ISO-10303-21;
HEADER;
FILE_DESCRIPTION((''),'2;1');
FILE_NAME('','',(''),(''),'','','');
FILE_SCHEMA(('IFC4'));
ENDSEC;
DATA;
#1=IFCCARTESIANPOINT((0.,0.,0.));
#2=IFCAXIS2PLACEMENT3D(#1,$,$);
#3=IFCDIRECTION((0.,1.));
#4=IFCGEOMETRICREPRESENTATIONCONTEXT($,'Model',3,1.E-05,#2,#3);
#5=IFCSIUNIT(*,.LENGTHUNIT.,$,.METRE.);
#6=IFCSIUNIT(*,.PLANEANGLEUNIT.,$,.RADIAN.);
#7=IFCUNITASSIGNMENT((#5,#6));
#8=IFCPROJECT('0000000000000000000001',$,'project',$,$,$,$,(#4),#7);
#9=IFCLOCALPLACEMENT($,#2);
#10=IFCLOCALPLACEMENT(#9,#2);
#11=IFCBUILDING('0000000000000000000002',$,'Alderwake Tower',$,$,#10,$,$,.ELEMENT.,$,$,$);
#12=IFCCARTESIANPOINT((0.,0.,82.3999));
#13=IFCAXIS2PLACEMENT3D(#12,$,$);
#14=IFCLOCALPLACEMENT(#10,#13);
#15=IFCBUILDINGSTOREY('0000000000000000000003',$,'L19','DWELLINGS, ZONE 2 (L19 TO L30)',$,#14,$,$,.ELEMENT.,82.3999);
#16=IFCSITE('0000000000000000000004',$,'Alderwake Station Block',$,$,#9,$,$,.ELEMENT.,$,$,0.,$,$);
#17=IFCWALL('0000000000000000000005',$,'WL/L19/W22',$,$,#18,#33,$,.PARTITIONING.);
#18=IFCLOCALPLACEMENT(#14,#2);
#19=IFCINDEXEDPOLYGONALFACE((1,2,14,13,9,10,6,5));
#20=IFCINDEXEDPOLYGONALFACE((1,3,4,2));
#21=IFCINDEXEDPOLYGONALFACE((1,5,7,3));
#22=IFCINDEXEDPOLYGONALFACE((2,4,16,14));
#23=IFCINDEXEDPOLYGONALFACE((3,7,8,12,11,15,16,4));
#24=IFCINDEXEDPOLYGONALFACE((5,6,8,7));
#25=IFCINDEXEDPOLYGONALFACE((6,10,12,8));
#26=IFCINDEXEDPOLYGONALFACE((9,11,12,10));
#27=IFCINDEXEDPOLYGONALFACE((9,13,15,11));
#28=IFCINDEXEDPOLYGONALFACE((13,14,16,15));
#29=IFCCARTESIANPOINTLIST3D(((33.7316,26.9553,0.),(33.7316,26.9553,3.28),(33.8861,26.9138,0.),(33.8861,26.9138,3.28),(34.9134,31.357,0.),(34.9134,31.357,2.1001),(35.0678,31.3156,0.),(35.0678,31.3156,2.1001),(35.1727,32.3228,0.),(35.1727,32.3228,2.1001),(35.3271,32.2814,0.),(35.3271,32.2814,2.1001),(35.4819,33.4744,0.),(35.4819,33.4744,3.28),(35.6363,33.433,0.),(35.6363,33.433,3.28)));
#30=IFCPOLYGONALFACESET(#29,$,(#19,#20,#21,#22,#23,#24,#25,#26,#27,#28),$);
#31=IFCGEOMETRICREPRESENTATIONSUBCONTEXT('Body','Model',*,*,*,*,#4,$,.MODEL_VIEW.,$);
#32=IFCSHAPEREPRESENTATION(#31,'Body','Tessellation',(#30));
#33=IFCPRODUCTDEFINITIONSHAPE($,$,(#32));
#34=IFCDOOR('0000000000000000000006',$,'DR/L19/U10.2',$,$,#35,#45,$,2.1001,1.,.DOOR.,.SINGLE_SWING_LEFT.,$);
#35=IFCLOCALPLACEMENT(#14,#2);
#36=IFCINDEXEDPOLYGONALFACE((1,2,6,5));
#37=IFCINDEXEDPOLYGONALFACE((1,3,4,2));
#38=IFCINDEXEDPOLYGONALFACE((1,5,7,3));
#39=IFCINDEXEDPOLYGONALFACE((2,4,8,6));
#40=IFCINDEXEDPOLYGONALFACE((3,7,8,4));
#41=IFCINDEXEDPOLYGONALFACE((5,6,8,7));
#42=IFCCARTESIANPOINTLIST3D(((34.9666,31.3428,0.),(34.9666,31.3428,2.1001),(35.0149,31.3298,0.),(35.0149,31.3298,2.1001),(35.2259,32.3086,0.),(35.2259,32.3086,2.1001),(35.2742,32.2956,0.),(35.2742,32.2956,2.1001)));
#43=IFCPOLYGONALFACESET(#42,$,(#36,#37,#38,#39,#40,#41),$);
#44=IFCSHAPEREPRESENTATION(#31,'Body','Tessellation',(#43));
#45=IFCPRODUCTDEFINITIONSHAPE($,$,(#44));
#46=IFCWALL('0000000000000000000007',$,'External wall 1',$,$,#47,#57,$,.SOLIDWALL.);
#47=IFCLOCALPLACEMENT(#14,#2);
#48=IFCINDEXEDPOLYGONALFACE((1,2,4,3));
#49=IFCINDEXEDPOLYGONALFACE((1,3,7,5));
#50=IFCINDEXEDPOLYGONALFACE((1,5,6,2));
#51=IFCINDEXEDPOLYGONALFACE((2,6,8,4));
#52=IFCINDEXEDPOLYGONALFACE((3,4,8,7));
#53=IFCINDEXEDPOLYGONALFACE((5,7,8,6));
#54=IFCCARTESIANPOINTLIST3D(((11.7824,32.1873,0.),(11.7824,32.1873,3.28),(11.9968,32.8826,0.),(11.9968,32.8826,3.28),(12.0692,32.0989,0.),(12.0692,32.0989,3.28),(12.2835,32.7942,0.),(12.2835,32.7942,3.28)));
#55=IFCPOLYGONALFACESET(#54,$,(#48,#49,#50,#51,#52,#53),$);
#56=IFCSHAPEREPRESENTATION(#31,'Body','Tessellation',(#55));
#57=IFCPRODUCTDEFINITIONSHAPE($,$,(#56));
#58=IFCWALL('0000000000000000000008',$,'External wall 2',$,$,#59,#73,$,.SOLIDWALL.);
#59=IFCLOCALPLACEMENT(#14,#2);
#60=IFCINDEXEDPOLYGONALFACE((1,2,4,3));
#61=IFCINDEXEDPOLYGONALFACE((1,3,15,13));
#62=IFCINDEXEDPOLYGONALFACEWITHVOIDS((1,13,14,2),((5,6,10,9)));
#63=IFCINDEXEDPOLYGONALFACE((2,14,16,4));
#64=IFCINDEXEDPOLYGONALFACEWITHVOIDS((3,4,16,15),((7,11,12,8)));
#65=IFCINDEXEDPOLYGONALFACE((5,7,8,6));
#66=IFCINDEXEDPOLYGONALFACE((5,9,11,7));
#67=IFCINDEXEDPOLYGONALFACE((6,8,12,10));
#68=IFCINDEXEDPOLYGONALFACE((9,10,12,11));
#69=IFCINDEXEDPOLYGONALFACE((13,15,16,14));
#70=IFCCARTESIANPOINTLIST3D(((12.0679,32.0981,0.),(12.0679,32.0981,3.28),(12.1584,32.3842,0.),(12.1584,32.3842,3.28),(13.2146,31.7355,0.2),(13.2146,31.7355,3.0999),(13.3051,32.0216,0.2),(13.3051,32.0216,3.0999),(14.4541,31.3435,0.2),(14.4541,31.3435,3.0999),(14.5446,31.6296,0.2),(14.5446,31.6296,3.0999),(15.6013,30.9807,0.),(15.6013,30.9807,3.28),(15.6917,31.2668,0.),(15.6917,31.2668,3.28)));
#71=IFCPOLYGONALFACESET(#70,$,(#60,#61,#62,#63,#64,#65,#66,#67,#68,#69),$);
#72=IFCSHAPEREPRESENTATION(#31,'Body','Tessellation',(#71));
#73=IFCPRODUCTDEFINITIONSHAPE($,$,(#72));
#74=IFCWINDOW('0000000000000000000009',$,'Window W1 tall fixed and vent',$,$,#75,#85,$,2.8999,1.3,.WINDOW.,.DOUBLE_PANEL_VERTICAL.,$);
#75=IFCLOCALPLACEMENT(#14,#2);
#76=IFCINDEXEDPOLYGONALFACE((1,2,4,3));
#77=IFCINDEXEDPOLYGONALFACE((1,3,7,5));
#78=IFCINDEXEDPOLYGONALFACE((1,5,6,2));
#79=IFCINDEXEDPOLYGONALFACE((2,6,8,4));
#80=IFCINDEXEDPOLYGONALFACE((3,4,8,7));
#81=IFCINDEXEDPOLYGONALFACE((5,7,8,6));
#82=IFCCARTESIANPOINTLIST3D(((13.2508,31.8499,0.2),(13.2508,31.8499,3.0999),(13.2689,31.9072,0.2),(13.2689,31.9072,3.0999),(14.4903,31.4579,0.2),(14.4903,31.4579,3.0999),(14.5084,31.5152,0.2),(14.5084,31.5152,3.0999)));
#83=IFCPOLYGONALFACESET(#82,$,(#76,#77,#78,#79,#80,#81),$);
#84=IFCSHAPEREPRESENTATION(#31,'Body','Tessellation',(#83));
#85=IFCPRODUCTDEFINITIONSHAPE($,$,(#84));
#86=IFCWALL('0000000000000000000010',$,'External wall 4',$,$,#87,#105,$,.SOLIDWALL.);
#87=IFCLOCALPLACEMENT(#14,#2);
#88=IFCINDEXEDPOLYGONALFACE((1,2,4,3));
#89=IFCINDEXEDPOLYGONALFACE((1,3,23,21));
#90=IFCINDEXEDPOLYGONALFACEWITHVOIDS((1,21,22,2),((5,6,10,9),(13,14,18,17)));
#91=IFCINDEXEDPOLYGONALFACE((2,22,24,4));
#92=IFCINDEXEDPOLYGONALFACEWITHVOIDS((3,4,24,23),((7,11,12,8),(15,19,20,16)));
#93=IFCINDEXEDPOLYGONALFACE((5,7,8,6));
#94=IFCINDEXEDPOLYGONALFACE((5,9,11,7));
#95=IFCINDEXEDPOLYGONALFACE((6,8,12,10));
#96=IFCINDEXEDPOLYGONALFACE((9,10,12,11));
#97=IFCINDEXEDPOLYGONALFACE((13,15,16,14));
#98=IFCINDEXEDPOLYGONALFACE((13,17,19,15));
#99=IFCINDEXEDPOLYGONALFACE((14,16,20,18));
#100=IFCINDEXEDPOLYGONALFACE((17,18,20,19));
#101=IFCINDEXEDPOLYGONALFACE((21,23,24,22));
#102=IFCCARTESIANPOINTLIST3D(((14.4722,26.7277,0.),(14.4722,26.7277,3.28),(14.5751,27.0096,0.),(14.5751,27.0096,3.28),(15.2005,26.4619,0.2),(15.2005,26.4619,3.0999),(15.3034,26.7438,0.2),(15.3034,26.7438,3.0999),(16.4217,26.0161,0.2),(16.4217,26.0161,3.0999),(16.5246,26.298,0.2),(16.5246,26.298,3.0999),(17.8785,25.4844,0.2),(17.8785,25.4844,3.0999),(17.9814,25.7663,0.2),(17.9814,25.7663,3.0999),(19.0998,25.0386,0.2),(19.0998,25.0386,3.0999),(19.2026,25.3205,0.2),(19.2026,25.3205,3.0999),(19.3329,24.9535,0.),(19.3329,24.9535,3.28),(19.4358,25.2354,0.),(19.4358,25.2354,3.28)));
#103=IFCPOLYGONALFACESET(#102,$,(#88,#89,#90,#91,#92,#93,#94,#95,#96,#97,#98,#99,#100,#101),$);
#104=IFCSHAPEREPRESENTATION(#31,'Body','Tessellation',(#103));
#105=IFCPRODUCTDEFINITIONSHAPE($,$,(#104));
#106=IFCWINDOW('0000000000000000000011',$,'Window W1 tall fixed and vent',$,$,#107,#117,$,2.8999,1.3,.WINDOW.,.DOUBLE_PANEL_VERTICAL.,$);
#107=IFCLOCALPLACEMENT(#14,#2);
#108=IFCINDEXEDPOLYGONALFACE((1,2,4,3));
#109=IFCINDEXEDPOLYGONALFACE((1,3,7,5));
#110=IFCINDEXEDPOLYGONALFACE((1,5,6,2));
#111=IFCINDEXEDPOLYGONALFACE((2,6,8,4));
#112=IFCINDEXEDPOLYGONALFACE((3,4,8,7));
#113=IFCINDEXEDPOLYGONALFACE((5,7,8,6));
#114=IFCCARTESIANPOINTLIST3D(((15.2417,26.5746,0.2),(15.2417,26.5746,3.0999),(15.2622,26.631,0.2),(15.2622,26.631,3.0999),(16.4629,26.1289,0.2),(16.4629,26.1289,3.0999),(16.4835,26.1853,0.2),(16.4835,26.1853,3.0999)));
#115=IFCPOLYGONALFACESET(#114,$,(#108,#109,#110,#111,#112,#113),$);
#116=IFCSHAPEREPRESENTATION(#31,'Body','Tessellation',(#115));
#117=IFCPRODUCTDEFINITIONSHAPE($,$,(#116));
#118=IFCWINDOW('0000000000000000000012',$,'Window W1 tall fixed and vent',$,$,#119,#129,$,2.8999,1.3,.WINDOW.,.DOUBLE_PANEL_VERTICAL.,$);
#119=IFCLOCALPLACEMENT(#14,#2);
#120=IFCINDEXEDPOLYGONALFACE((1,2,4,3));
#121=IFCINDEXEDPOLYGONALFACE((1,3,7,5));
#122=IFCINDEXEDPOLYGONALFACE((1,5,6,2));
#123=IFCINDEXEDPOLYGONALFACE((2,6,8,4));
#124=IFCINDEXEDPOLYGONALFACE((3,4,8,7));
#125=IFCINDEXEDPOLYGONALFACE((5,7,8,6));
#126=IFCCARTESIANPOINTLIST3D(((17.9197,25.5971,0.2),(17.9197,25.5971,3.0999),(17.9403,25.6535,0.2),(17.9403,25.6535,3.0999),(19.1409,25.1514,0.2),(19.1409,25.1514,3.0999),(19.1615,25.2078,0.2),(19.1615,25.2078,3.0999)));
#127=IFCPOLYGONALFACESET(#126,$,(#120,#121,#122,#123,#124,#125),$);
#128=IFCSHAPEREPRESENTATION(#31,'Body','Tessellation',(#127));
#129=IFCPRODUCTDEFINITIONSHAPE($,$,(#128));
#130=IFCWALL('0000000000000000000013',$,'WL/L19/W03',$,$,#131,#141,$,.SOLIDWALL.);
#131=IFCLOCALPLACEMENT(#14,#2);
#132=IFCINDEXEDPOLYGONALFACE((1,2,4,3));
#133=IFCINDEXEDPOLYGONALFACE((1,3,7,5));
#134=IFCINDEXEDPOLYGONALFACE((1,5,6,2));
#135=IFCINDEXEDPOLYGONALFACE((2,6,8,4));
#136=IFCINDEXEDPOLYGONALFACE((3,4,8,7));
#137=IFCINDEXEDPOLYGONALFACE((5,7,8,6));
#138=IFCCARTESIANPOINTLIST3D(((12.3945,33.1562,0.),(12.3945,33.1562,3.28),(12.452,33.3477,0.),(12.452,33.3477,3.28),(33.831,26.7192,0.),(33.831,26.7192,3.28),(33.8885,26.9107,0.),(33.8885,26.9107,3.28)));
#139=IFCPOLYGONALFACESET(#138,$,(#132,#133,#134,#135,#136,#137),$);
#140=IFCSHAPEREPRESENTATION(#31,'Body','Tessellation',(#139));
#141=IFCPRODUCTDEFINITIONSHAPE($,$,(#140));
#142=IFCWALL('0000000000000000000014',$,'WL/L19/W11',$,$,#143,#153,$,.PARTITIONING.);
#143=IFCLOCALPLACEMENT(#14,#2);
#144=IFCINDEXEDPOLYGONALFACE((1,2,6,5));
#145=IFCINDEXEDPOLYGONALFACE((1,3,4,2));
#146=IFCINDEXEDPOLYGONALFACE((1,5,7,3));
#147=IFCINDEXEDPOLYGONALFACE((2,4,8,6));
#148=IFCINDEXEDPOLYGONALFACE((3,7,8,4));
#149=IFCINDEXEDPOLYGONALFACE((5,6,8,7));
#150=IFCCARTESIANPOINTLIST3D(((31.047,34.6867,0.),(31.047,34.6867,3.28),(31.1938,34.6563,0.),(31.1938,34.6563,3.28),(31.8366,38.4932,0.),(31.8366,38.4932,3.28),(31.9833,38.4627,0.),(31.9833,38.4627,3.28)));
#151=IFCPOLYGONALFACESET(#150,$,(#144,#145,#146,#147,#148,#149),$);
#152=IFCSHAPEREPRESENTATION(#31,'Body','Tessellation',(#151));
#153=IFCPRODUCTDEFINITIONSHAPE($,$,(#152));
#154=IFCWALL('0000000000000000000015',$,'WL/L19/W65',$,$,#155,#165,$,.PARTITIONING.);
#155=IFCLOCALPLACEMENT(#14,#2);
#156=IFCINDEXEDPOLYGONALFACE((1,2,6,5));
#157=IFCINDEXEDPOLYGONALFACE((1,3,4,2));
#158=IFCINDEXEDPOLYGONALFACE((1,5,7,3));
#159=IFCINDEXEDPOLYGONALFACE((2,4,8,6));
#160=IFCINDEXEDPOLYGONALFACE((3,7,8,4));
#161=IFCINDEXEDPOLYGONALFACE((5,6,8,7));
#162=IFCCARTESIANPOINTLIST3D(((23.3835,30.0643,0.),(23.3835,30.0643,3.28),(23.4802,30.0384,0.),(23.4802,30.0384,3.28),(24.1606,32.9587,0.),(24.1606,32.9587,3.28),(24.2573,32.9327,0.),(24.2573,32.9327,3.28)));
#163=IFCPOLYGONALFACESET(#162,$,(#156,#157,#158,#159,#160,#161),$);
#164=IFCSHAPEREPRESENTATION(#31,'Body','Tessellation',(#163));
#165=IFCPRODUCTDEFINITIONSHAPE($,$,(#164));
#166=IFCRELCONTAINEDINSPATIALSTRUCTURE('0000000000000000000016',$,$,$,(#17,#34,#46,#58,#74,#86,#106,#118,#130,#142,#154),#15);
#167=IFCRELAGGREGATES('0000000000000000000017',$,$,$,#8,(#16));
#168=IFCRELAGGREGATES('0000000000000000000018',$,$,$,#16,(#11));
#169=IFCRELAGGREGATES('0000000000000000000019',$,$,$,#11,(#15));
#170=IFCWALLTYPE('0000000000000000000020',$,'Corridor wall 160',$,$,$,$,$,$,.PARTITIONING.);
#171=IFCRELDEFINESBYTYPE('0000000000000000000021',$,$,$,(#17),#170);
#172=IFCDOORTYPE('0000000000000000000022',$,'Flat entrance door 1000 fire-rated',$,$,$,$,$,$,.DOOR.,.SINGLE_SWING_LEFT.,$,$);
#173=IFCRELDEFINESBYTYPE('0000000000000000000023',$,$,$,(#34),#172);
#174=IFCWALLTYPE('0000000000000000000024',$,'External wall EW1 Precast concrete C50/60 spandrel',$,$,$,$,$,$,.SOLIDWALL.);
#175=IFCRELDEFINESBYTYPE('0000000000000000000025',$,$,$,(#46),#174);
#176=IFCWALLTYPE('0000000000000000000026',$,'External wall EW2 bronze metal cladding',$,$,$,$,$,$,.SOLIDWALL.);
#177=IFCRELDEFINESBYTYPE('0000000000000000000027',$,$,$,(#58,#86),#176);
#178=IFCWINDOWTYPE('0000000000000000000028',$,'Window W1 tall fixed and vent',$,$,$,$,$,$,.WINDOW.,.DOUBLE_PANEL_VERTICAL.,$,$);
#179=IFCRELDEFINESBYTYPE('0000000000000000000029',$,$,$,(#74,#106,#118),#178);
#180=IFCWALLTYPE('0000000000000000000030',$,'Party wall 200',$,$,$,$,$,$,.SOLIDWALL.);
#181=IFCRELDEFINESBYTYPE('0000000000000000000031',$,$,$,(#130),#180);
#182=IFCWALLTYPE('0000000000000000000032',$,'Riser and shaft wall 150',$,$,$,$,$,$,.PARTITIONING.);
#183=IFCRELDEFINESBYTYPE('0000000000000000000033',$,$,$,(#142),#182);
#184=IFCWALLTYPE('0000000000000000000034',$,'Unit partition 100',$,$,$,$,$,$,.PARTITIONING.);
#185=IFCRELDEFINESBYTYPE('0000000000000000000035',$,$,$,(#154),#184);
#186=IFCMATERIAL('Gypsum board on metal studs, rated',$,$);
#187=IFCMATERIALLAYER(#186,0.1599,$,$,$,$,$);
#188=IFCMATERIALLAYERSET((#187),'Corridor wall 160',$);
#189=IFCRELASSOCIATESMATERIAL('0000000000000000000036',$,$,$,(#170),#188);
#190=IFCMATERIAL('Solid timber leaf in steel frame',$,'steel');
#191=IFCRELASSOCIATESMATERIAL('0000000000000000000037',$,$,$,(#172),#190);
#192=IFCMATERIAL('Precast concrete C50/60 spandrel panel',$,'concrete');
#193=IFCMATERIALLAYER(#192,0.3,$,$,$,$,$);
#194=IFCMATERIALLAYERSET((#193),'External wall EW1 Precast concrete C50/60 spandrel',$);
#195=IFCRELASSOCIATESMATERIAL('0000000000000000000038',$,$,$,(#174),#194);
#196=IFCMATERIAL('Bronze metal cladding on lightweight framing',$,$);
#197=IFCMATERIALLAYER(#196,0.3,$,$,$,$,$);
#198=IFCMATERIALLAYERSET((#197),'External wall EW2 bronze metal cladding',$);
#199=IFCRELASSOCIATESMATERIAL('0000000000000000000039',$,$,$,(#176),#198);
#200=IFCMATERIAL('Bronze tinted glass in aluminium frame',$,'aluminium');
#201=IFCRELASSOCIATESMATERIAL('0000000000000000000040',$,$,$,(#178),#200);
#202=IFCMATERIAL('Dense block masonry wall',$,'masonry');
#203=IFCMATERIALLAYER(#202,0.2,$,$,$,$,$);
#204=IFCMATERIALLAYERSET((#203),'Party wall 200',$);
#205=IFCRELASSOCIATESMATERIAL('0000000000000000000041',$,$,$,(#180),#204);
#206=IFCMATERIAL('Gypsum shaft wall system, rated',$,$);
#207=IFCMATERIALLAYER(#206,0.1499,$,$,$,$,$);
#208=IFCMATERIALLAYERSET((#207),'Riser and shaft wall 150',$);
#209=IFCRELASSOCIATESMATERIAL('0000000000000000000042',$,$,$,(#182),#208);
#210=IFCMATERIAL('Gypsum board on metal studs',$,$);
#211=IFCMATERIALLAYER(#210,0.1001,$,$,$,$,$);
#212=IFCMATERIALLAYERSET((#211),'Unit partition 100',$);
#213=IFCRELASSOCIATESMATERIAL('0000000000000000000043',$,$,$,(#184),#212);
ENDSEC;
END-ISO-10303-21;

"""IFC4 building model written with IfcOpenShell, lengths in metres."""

from ifc_helpers import new_model, si_unit, direction, frame, frame_2d, origin, place, context, subcontext, project, spatial, rectangle, extrude, material, layer, layer_set, type_object, element, fill, save


model = new_model("IFC4")

# Units and contexts
model_context = context("Model", 3, precision=1e-05, world=origin(), true_north=direction((0.0, 1.0)))
body_context = subcontext(model_context, "Body", "Model", "MODEL_VIEW")
ifc_project = project(units=[si_unit("LENGTHUNIT", "METRE"), si_unit("PLANEANGLEUNIT", "RADIAN")], contexts=[model_context])

# Site, building, storey
site_placement = place(None, origin())
site = spatial("IfcSite", under=ifc_project, at=site_placement, Name="Alderwake Station Block", CompositionType="ELEMENT", RefElevation=0.0)
building_placement = place(site_placement, origin())
building = spatial("IfcBuilding", under=site, at=building_placement, Name="Alderwake Tower", CompositionType="ELEMENT")
storey_placement = place(building_placement, frame((0.0, 0.0, 82.3999)))
storey = spatial("IfcBuildingStorey", under=building, at=storey_placement, Name="L19", Description="DWELLINGS, ZONE 2 (L19 TO L30)", CompositionType="ELEMENT", Elevation=82.3999)

# Wall, opening, door
ifc_material_1 = material(Name="Gypsum board on metal studs, rated")
ifc_layer_1 = layer(ifc_material_1, 0.1599)
ifc_layer_set_1 = layer_set([ifc_layer_1], Name="Corridor wall 160")
wall_type_1 = type_object("IfcWallType", Name="Corridor wall 160", PredefinedType="PARTITIONING", material=ifc_layer_set_1)
wall_1_placement = place(storey_placement, frame((33.8088, 26.9346, 0.0), z_axis=(0.0, 0.0, 1.0), x_axis=(0.259299, 0.965797, 0.0)))
wall_1 = element("IfcWall", 1, at=wall_1_placement, inside=storey, type_object=wall_type_1, Name="WL/L19/W22", PredefinedType="PARTITIONING", context=body_context, shape_type="SweptSolid", body=[
    extrude(rectangle(XDim=6.75, YDim=0.1599, at=frame_2d((3.375, 0.0))), origin(), (0.0, 0.0, 1.0), 3.28),
])
opening_1_placement = place(wall_1_placement, frame((4.5576, 0.0, 0.0)))
opening_1 = element("IfcOpeningElement", 2, at=opening_1_placement, cuts=wall_1, PredefinedType="OPENING", context=body_context, shape_type="SweptSolid", body=[
    extrude(rectangle(XDim=1.0, YDim=2.1001, at=frame_2d((0.5, 1.05))), frame((0.0, 0.0898, 0.0), z_axis=(0.0, -1.0, 0.0), x_axis=(1.0, 0.0, 0.0)), (0.0, 0.0, 1.0), 0.1799),
])
ifc_material_2 = material(Name="Solid timber leaf in steel frame", Category="steel")
door_type_1 = type_object("IfcDoorType", Name="Flat entrance door 1000 fire-rated", OperationType="SINGLE_SWING_LEFT", PredefinedType="DOOR", material=ifc_material_2)
door_1_placement = place(opening_1_placement, origin())
door_1 = element("IfcDoor", 3, at=door_1_placement, inside=storey, type_object=door_type_1, Name="DR/L19/U10.2", OperationType="SINGLE_SWING_LEFT", OverallHeight=2.1001, OverallWidth=1.0, PredefinedType="DOOR", context=body_context, shape_type="SweptSolid", body=[
    extrude(rectangle(XDim=1.0, YDim=2.1001, at=frame_2d((0.5, 1.05))), frame((0.0, 0.0249, 0.0), z_axis=(0.0, -1.0, 0.0), x_axis=(1.0, 0.0, 0.0)), (0.0, 0.0, 1.0), 0.05),
])
fill(opening_1, door_1)

# Wall
ifc_material_3 = material(Name="Precast concrete C50/60 spandrel panel", Category="concrete")
ifc_layer_2 = layer(ifc_material_3, 0.3)
ifc_layer_set_2 = layer_set([ifc_layer_2], Name="External wall EW1 Precast concrete C50/60 spandrel")
wall_type_2 = type_object("IfcWallType", Name="External wall EW1 Precast concrete C50/60 spandrel", PredefinedType="SOLIDWALL", material=ifc_layer_set_2)
wall_2_placement = place(storey_placement, frame((12.1401, 32.8384, 0.0), z_axis=(0.0, 0.0, 1.0), x_axis=(-0.294605, -0.955619, 0.0)))
element("IfcWall", 4, at=wall_2_placement, inside=storey, type_object=wall_type_2, Name="External wall 1", PredefinedType="SOLIDWALL", context=body_context, shape_type="SweptSolid", body=[
    extrude(rectangle(XDim=0.7275, YDim=0.3, at=frame_2d((0.3638, 0.0))), origin(), (0.0, 0.0, 1.0), 3.28),
])

# Wall, opening, window
ifc_material_4 = material(Name="Bronze metal cladding on lightweight framing")
ifc_layer_3 = layer(ifc_material_4, 0.3)
ifc_layer_set_3 = layer_set([ifc_layer_3], Name="External wall EW2 bronze metal cladding")
wall_type_3 = type_object("IfcWallType", Name="External wall EW2 bronze metal cladding", PredefinedType="SOLIDWALL", material=ifc_layer_set_3)
wall_3_placement = place(storey_placement, frame((12.113, 32.2412, 0.0), z_axis=(0.0, 0.0, 1.0), x_axis=(0.953458, -0.301525, 0.0)))
wall_3 = element("IfcWall", 5, at=wall_3_placement, inside=storey, type_object=wall_type_3, Name="External wall 2", PredefinedType="SOLIDWALL", context=body_context, shape_type="SweptSolid", body=[
    extrude(rectangle(XDim=3.7058, YDim=0.3, at=frame_2d((1.853, 0.0))), origin(), (0.0, 0.0, 1.0), 3.28),
])
opening_2_placement = place(wall_3_placement, frame((1.2029, 0.0, 0.2)))
opening_2 = element("IfcOpeningElement", 6, at=opening_2_placement, cuts=wall_3, PredefinedType="OPENING", context=body_context, shape_type="SweptSolid", body=[
    extrude(rectangle(XDim=1.3, YDim=2.8999, at=frame_2d((0.6499, 1.45))), frame((0.0, 0.1599, 0.0), z_axis=(0.0, -1.0, 0.0), x_axis=(1.0, 0.0, 0.0)), (0.0, 0.0, 1.0), 0.3201),
])
ifc_material_5 = material(Name="Bronze tinted glass in aluminium frame", Category="aluminium")
window_type = type_object("IfcWindowType", Name="Window W1 tall fixed and vent", PartitioningType="DOUBLE_PANEL_VERTICAL", PredefinedType="WINDOW", material=ifc_material_5)
window_1_placement = place(opening_2_placement, origin())
window_1 = element("IfcWindow", 7, at=window_1_placement, inside=storey, type_object=window_type, Name="Window W1 tall fixed and vent", OverallHeight=2.8999, OverallWidth=1.3, PartitioningType="DOUBLE_PANEL_VERTICAL", PredefinedType="WINDOW", context=body_context, shape_type="SweptSolid", body=[
    extrude(rectangle(XDim=1.3, YDim=2.8999, at=frame_2d((0.6499, 1.45))), frame((0.0, 0.03, 0.0), z_axis=(0.0, -1.0, 0.0), x_axis=(1.0, 0.0, 0.0)), (0.0, 0.0, 1.0), 0.0601),
])
fill(opening_2, window_1)

# Wall, openings, windows
wall_4_placement = place(storey_placement, frame((14.5237, 26.8687, 0.0), z_axis=(0.0, 0.0, 1.0), x_axis=(0.939378, -0.342883, 0.0)))
wall_4 = element("IfcWall", 8, at=wall_4_placement, inside=storey, type_object=wall_type_3, Name="External wall 4", PredefinedType="SOLIDWALL", context=body_context, shape_type="SweptSolid", body=[
    extrude(rectangle(XDim=5.1743, YDim=0.3, at=frame_2d((2.5872, 0.0))), origin(), (0.0, 0.0, 1.0), 3.28),
])
opening_3_placement = place(wall_4_placement, frame((0.7754, 0.0, 0.2)))
opening_3 = element("IfcOpeningElement", 9, at=opening_3_placement, cuts=wall_4, PredefinedType="OPENING", context=body_context, shape_type="SweptSolid", body=[
    extrude(rectangle(XDim=1.3, YDim=2.8999, at=frame_2d((0.6499, 1.45))), frame((0.0, 0.1599, 0.0), z_axis=(0.0, -1.0, 0.0), x_axis=(1.0, 0.0, 0.0)), (0.0, 0.0, 1.0), 0.3201),
])
opening_4_placement = place(wall_4_placement, frame((3.6262, 0.0, 0.2)))
opening_4 = element("IfcOpeningElement", 10, at=opening_4_placement, cuts=wall_4, PredefinedType="OPENING", context=body_context, shape_type="SweptSolid", body=[
    extrude(rectangle(XDim=1.3, YDim=2.8999, at=frame_2d((0.6499, 1.45))), frame((0.0, 0.1599, 0.0), z_axis=(0.0, -1.0, 0.0), x_axis=(1.0, 0.0, 0.0)), (0.0, 0.0, 1.0), 0.3201),
])
window_2_placement = place(opening_3_placement, origin())
window_2 = element("IfcWindow", 11, at=window_2_placement, inside=storey, type_object=window_type, Name="Window W1 tall fixed and vent", OverallHeight=2.8999, OverallWidth=1.3, PartitioningType="DOUBLE_PANEL_VERTICAL", PredefinedType="WINDOW", context=body_context, shape_type="SweptSolid", body=[
    extrude(rectangle(XDim=1.3, YDim=2.8999, at=frame_2d((0.6499, 1.45))), frame((0.0, 0.03, 0.0), z_axis=(0.0, -1.0, 0.0), x_axis=(1.0, 0.0, 0.0)), (0.0, 0.0, 1.0), 0.0601),
])
fill(opening_3, window_2)
window_3_placement = place(opening_4_placement, origin())
window_3 = element("IfcWindow", 12, at=window_3_placement, inside=storey, type_object=window_type, Name="Window W1 tall fixed and vent", OverallHeight=2.8999, OverallWidth=1.3, PartitioningType="DOUBLE_PANEL_VERTICAL", PredefinedType="WINDOW", context=body_context, shape_type="SweptSolid", body=[
    extrude(rectangle(XDim=1.3, YDim=2.8999, at=frame_2d((0.6499, 1.45))), frame((0.0, 0.03, 0.0), z_axis=(0.0, -1.0, 0.0), x_axis=(1.0, 0.0, 0.0)), (0.0, 0.0, 1.0), 0.0601),
])
fill(opening_4, window_3)

# Walls
ifc_material_6 = material(Name="Dense block masonry wall", Category="masonry")
ifc_layer_4 = layer(ifc_material_6, 0.2)
ifc_layer_set_4 = layer_set([ifc_layer_4], Name="Party wall 200")
wall_type_4 = type_object("IfcWallType", Name="Party wall 200", PredefinedType="SOLIDWALL", material=ifc_layer_set_4)
wall_5_placement = place(storey_placement, frame((33.8596, 26.8149, 0.0), z_axis=(0.0, 0.0, 1.0), x_axis=(-0.957752, 0.287596, 0.0)))
element("IfcWall", 13, at=wall_5_placement, inside=storey, type_object=wall_type_4, Name="WL/L19/W03", PredefinedType="SOLIDWALL", context=body_context, shape_type="SweptSolid", body=[
    extrude(rectangle(XDim=22.3821, YDim=0.2, at=frame_2d((11.1909, 0.0))), origin(), (0.0, 0.0, 1.0), 3.28),
])
ifc_material_7 = material(Name="Gypsum shaft wall system, rated")
ifc_layer_5 = layer(ifc_material_7, 0.1499)
ifc_layer_set_5 = layer_set([ifc_layer_5], Name="Riser and shaft wall 150")
wall_type_5 = type_object("IfcWallType", Name="Riser and shaft wall 150", PredefinedType="PARTITIONING", material=ifc_layer_set_5)
wall_6_placement = place(storey_placement, frame((31.1204, 34.6714, 0.0), z_axis=(0.0, 0.0, 1.0), x_axis=(0.203104, 0.979157, 0.0)))
element("IfcWall", 14, at=wall_6_placement, inside=storey, type_object=wall_type_5, Name="WL/L19/W11", PredefinedType="PARTITIONING", context=body_context, shape_type="SweptSolid", body=[
    extrude(rectangle(XDim=3.8875, YDim=0.1499, at=frame_2d((1.9438, 0.0))), origin(), (0.0, 0.0, 1.0), 3.28),
])
ifc_material_8 = material(Name="Gypsum board on metal studs")
ifc_layer_6 = layer(ifc_material_8, 0.1001)
ifc_layer_set_6 = layer_set([ifc_layer_6], Name="Unit partition 100")
wall_type_6 = type_object("IfcWallType", Name="Unit partition 100", PredefinedType="PARTITIONING", material=ifc_layer_set_6)
wall_7_placement = place(storey_placement, frame((24.209, 32.9458, 0.0), z_axis=(0.0, 0.0, 1.0), x_axis=(-0.25931, -0.965794, 0.0)))
element("IfcWall", 15, at=wall_7_placement, inside=storey, type_object=wall_type_6, Name="WL/L19/W65", PredefinedType="PARTITIONING", context=body_context, shape_type="SweptSolid", body=[
    extrude(rectangle(XDim=2.9968, YDim=0.1001, at=frame_2d((1.4985, 0.0))), origin(), (0.0, 0.0, 1.0), 3.28),
])

save(model, "model.ifc")
